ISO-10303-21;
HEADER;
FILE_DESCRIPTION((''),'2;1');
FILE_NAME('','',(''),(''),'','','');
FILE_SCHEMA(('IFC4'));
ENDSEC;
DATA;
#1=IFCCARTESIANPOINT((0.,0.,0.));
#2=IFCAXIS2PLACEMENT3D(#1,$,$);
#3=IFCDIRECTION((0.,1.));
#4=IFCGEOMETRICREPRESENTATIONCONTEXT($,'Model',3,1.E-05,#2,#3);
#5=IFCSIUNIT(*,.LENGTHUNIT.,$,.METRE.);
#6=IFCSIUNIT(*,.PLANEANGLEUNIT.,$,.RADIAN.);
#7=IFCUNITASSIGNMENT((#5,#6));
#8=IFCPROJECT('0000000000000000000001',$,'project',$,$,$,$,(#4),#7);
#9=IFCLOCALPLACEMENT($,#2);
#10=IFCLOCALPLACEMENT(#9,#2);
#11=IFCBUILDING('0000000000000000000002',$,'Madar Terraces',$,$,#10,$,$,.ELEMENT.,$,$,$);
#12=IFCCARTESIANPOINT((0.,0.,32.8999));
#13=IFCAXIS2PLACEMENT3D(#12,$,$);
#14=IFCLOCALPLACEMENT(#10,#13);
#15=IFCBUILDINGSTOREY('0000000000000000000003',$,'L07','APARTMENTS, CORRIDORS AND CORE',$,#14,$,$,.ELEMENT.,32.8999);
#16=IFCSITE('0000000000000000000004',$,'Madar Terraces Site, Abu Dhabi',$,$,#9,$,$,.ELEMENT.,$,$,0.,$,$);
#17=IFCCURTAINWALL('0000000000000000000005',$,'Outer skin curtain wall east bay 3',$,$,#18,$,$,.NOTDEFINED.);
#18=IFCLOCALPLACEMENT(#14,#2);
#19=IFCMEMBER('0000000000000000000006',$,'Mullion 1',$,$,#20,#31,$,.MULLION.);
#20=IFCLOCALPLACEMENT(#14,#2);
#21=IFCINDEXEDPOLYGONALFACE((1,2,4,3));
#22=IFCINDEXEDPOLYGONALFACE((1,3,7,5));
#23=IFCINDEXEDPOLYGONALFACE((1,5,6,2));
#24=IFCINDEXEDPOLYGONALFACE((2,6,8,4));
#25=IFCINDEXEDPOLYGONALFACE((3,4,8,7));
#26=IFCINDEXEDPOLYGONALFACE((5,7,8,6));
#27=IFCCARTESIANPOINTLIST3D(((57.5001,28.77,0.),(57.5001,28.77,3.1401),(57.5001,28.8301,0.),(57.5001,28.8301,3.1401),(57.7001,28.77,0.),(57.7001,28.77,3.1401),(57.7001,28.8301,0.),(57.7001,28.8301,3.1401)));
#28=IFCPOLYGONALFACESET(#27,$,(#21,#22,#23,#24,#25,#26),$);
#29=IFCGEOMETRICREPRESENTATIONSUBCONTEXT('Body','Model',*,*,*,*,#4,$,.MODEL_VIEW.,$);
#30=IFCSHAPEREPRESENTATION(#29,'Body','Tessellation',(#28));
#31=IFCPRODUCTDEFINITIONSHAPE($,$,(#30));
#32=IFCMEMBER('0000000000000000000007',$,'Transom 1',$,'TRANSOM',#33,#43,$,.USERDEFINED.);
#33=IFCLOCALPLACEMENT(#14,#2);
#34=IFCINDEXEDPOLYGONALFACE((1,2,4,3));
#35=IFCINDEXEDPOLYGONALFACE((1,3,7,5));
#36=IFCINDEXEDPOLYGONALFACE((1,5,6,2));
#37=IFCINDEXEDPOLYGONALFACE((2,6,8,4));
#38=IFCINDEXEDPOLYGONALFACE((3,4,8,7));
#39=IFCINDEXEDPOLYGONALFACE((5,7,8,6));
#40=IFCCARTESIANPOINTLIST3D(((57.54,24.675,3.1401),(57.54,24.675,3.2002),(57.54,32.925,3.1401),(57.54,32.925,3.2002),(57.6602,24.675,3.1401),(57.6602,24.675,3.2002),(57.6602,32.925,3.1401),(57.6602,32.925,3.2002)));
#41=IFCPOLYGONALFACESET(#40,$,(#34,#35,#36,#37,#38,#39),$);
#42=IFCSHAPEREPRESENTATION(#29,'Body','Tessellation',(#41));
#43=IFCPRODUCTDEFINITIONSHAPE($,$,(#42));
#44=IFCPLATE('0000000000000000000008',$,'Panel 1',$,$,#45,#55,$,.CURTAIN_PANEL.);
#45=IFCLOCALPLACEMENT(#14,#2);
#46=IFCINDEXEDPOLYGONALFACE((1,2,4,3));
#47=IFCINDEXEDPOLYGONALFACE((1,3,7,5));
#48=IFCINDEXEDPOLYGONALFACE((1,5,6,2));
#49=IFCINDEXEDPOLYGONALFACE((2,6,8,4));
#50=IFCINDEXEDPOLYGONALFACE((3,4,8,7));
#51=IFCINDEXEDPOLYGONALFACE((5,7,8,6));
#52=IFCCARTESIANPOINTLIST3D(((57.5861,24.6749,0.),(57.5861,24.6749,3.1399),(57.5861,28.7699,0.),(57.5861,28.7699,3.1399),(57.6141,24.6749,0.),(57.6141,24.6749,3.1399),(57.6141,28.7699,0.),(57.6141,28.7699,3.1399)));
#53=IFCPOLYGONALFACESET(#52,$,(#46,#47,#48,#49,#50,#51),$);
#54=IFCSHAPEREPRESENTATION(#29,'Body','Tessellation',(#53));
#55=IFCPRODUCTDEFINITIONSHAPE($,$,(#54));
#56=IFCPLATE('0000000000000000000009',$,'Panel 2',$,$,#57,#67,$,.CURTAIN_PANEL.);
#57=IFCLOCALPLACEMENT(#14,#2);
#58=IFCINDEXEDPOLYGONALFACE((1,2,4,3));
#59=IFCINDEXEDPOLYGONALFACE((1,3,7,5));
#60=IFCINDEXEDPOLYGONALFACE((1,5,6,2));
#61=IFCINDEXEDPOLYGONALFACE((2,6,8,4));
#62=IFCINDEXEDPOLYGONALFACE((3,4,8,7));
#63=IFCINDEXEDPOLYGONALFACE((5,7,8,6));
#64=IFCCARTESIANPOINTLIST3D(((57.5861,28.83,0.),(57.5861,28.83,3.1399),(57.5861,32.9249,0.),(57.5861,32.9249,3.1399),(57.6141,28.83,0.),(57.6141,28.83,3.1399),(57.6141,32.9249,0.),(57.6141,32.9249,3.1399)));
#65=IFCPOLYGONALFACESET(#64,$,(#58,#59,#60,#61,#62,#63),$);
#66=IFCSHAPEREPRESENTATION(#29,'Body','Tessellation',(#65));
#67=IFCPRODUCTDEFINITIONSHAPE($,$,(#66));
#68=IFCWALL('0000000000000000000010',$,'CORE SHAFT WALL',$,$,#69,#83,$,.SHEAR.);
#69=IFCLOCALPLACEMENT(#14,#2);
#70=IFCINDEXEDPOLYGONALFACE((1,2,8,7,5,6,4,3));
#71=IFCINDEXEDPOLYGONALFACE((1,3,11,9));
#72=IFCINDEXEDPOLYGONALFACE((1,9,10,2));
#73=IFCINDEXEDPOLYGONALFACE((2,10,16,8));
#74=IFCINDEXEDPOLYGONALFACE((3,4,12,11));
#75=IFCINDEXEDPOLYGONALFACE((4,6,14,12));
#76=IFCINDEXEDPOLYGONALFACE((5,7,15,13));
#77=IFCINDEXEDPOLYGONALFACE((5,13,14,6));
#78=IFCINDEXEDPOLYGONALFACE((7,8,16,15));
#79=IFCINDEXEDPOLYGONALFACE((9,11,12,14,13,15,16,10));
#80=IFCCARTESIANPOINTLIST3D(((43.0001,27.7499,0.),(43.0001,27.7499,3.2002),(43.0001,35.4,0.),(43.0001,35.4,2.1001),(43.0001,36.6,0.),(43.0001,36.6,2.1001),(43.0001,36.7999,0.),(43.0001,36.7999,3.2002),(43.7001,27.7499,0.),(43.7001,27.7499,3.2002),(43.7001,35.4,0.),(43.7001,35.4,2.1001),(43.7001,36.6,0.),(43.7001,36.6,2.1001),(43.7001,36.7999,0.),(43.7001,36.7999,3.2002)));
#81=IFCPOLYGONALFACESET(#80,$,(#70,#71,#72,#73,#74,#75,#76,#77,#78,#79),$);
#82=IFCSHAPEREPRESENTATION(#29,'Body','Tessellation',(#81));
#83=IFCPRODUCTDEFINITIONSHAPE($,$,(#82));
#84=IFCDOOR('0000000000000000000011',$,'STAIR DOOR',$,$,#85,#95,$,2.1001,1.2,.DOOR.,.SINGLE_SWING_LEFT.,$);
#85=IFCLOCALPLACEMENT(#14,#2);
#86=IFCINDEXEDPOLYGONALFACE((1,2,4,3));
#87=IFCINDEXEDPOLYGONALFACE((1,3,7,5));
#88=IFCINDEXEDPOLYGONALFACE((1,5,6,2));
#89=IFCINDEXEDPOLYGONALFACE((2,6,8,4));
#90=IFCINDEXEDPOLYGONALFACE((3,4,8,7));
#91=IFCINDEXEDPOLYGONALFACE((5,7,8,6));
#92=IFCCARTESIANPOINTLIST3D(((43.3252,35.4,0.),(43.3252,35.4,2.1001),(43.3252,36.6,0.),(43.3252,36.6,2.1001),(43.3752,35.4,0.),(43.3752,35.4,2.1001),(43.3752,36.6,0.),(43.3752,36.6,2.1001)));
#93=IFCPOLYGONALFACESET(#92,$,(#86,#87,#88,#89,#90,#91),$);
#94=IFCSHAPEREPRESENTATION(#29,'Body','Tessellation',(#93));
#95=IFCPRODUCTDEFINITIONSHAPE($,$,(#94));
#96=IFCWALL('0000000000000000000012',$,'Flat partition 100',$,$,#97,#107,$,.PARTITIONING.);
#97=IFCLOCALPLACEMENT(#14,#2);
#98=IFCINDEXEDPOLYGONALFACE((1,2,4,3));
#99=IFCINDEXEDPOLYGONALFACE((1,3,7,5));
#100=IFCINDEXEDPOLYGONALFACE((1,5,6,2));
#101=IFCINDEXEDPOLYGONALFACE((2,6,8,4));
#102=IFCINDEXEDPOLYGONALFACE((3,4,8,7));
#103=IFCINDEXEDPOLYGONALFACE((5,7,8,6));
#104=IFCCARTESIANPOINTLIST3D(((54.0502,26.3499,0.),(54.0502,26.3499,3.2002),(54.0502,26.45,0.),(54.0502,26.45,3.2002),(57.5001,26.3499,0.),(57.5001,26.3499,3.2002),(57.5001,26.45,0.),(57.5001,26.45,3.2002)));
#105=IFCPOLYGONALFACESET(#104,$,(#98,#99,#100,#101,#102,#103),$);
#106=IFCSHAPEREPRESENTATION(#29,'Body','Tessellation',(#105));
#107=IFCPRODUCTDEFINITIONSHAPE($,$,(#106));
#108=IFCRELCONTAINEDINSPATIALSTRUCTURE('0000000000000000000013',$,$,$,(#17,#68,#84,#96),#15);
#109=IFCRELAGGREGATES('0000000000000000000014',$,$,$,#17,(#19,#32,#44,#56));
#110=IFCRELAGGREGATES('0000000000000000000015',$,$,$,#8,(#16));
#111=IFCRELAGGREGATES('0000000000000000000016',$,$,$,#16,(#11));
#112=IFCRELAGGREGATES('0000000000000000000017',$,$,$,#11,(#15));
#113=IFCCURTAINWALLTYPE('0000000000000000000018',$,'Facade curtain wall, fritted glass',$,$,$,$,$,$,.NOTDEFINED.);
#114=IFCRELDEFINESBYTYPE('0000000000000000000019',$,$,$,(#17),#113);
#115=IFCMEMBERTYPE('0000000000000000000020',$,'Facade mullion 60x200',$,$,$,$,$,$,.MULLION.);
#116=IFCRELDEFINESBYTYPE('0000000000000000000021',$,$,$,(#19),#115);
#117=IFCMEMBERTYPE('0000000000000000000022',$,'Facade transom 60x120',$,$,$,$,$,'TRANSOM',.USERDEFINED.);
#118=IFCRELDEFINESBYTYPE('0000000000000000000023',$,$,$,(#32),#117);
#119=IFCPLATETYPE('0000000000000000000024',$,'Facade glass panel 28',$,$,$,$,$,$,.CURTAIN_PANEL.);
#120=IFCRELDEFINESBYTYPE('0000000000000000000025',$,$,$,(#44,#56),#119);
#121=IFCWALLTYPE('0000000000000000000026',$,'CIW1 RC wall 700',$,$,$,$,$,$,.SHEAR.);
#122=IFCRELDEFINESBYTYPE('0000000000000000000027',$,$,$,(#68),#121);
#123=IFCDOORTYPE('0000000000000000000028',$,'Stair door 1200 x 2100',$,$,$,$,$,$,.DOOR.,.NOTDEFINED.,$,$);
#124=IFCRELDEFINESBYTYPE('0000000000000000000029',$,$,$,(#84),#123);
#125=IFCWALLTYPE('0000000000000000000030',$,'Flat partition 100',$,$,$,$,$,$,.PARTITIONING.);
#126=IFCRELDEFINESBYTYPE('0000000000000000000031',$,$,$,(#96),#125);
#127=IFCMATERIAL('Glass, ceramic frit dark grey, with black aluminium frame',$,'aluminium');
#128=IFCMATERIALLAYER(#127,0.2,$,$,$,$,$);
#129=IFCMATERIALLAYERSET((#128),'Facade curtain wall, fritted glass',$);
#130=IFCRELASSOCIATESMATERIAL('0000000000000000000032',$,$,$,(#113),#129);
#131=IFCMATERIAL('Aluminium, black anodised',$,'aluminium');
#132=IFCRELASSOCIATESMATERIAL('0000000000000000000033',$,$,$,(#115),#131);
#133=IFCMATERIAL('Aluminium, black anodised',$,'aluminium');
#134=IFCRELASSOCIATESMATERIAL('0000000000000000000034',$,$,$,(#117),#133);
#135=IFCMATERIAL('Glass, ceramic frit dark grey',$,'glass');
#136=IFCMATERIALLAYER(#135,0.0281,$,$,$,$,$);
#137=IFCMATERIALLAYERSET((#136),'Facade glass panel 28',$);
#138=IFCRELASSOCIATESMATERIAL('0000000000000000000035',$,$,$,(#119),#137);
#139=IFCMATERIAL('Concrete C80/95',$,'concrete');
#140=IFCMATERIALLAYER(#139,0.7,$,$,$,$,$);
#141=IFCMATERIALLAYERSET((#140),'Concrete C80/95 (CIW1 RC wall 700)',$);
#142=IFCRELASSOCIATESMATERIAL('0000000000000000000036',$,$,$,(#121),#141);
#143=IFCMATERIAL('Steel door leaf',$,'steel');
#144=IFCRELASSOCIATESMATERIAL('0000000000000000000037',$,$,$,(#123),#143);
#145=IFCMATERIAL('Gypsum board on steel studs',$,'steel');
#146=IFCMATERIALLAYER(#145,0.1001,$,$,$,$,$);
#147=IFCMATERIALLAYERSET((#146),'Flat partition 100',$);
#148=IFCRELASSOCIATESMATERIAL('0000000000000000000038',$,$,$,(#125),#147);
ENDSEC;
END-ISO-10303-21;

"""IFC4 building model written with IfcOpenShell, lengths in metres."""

from ifc_helpers import new_model, si_unit, direction, frame, frame_2d, origin, origin_2d, place, context, subcontext, project, spatial, rectangle, extrude, material, layer, layer_set, material_profile, profile_set, type_object, element, fill, aggregate, save


model = new_model("IFC4")

# Units and contexts
model_context = context("Model", 3, precision=1e-05, world=origin(), true_north=direction((0.0, 1.0)))
body_context = subcontext(model_context, "Body", "Model", "MODEL_VIEW")
ifc_project = project(units=[si_unit("LENGTHUNIT", "METRE"), si_unit("PLANEANGLEUNIT", "RADIAN")], contexts=[model_context])

# Site, building, storey
site_placement = place(None, origin())
site = spatial("IfcSite", under=ifc_project, at=site_placement, Name="Madar Terraces Site, Abu Dhabi", CompositionType="ELEMENT", RefElevation=0.0)
building_placement = place(site_placement, origin())
building = spatial("IfcBuilding", under=site, at=building_placement, Name="Madar Terraces", CompositionType="ELEMENT")
storey_placement = place(building_placement, frame((0.0, 0.0, 32.8999)))
storey = spatial("IfcBuildingStorey", under=building, at=storey_placement, Name="L07", Description="APARTMENTS, CORRIDORS AND CORE", CompositionType="ELEMENT", Elevation=32.8999)

# Curtain wall, members, plates
ifc_material_1 = material(Name="Glass, ceramic frit dark grey, with black aluminium frame", Category="aluminium")
ifc_layer_1 = layer(ifc_material_1, 0.2)
ifc_layer_set_1 = layer_set([ifc_layer_1], Name="Facade curtain wall, fritted glass")
curtain_wall_type = type_object("IfcCurtainWallType", Name="Facade curtain wall, fritted glass", PredefinedType="NOTDEFINED", material=ifc_layer_set_1)
curtain_wall_placement = place(storey_placement, origin())
curtain_wall = element("IfcCurtainWall", 1, at=curtain_wall_placement, inside=storey, type_object=curtain_wall_type, Name="Outer skin curtain wall east bay 3", PredefinedType="NOTDEFINED")
ifc_material_2 = material(Name="Aluminium, black anodised", Category="aluminium")
ifc_material_profile_1 = material_profile(ifc_material_2, rectangle(XDim=0.2, YDim=0.0601, at=origin_2d()), Name="Facade mullion 60x200")
ifc_profile_set_1 = profile_set([ifc_material_profile_1], Name="Aluminium, black anodised")
member_type_1 = type_object("IfcMemberType", Name="Facade mullion 60x200", PredefinedType="MULLION", material=ifc_profile_set_1)
member_1_placement = place(storey_placement, frame((57.6001, 28.8, 0.0), z_axis=(0.0, 0.0, 1.0), x_axis=(-1.0, 0.0, 0.0)))
member_1 = element("IfcMember", 2, at=member_1_placement, type_object=member_type_1, Name="Mullion 1", PredefinedType="MULLION", context=body_context, shape_type="SweptSolid", body=[
    extrude(rectangle(XDim=0.2, YDim=0.0601, at=origin_2d()), origin(), (0.0, 0.0, 1.0), 3.1401),
])
ifc_material_3 = material(Name="Aluminium, black anodised", Category="aluminium")
ifc_material_profile_2 = material_profile(ifc_material_3, rectangle(XDim=0.1201, YDim=0.0601, at=origin_2d()), Name="Facade transom 60x120")
ifc_profile_set_2 = profile_set([ifc_material_profile_2], Name="Aluminium, black anodised")
member_type_2 = type_object("IfcMemberType", Name="Facade transom 60x120", ElementType="TRANSOM", PredefinedType="USERDEFINED", material=ifc_profile_set_2)
member_2_placement = place(storey_placement, frame((57.6001, 24.675, 3.1702), z_axis=(0.0, 1.0, 0.0), x_axis=(-1.0, 0.0, 0.0)))
member_2 = element("IfcMember", 3, at=member_2_placement, type_object=member_type_2, Name="Transom 1", ObjectType="TRANSOM", PredefinedType="USERDEFINED", context=body_context, shape_type="SweptSolid", body=[
    extrude(rectangle(XDim=0.1201, YDim=0.0601, at=origin_2d()), origin(), (0.0, 0.0, 1.0), 8.25),
])
ifc_material_4 = material(Name="Glass, ceramic frit dark grey", Category="glass")
ifc_layer_2 = layer(ifc_material_4, 0.0281)
ifc_layer_set_2 = layer_set([ifc_layer_2], Name="Facade glass panel 28")
plate_type = type_object("IfcPlateType", Name="Facade glass panel 28", PredefinedType="CURTAIN_PANEL", material=ifc_layer_set_2)
plate_1_placement = place(storey_placement, frame((57.6001, 26.7224, 0.0), z_axis=(0.0, 0.0, 1.0), x_axis=(0.0, 1.0, 0.0)))
plate_1 = element("IfcPlate", 4, at=plate_1_placement, type_object=plate_type, Name="Panel 1", PredefinedType="CURTAIN_PANEL", context=body_context, shape_type="SweptSolid", body=[
    extrude(rectangle(XDim=4.095, YDim=0.0281, at=origin_2d()), origin(), (0.0, 0.0, 1.0), 3.1399),
])
plate_2_placement = place(storey_placement, frame((57.6001, 30.8774, 0.0), z_axis=(0.0, 0.0, 1.0), x_axis=(0.0, 1.0, 0.0)))
plate_2 = element("IfcPlate", 5, at=plate_2_placement, type_object=plate_type, Name="Panel 2", PredefinedType="CURTAIN_PANEL", context=body_context, shape_type="SweptSolid", body=[
    extrude(rectangle(XDim=4.095, YDim=0.0281, at=origin_2d()), origin(), (0.0, 0.0, 1.0), 3.1399),
])
aggregate(curtain_wall, [member_1, member_2, plate_1, plate_2])

# Wall, opening, door
ifc_material_5 = material(Name="Concrete C80/95", Category="concrete")
ifc_layer_3 = layer(ifc_material_5, 0.7)
ifc_layer_set_3 = layer_set([ifc_layer_3], Name="Concrete C80/95 (CIW1 RC wall 700)")
wall_type_1 = type_object("IfcWallType", Name="CIW1 RC wall 700", PredefinedType="SHEAR", material=ifc_layer_set_3)
wall_1_placement = place(storey_placement, frame((43.3501, 27.75, 0.0), z_axis=(0.0, 0.0, 1.0), x_axis=(0.0, 1.0, 0.0)))
wall_1 = element("IfcWall", 6, at=wall_1_placement, inside=storey, type_object=wall_type_1, Name="CORE SHAFT WALL", PredefinedType="SHEAR", context=body_context, shape_type="SweptSolid", body=[
    extrude(rectangle(XDim=9.05, YDim=0.7, at=frame_2d((4.5249, 0.0))), origin(), (0.0, 0.0, 1.0), 3.2002),
])
opening_1_placement = place(wall_1_placement, frame((7.6499, 0.0, 0.0)))
opening_1 = element("IfcOpeningElement", 7, at=opening_1_placement, cuts=wall_1, PredefinedType="OPENING", context=body_context, shape_type="SweptSolid", body=[
    extrude(rectangle(XDim=1.2, YDim=2.1001, at=frame_2d((0.6001, 1.05))), frame((0.0, 0.3599, 0.0), z_axis=(0.0, -1.0, 0.0), x_axis=(1.0, 0.0, 0.0)), (0.0, 0.0, 1.0), 0.72),
])
ifc_material_6 = material(Name="Steel door leaf", Category="steel")
door_type_1 = type_object("IfcDoorType", Name="Stair door 1200 x 2100", OperationType="NOTDEFINED", PredefinedType="DOOR", material=ifc_material_6)
door_1_placement = place(opening_1_placement, origin())
door_1 = element("IfcDoor", 8, at=door_1_placement, inside=storey, type_object=door_type_1, Name="STAIR DOOR", OperationType="SINGLE_SWING_LEFT", OverallHeight=2.1001, OverallWidth=1.2, PredefinedType="DOOR", context=body_context, shape_type="SweptSolid", body=[
    extrude(rectangle(XDim=1.2, YDim=2.1001, at=frame_2d((0.6001, 1.05))), frame((0.0, 0.0249, 0.0), z_axis=(0.0, -1.0, 0.0), x_axis=(1.0, 0.0, 0.0)), (0.0, 0.0, 1.0), 0.05),
])
fill(opening_1, door_1)

# Wall
ifc_material_7 = material(Name="Gypsum board on steel studs", Category="steel")
ifc_layer_4 = layer(ifc_material_7, 0.1001)
ifc_layer_set_4 = layer_set([ifc_layer_4], Name="Flat partition 100")
wall_type_2 = type_object("IfcWallType", Name="Flat partition 100", PredefinedType="PARTITIONING", material=ifc_layer_set_4)
wall_2_placement = place(storey_placement, frame((54.05, 26.3999, 0.0), z_axis=(0.0, 0.0, 1.0), x_axis=(1.0, 0.0, 0.0)))
element("IfcWall", 9, at=wall_2_placement, inside=storey, type_object=wall_type_2, Name="Flat partition 100", PredefinedType="PARTITIONING", context=body_context, shape_type="SweptSolid", body=[
    extrude(rectangle(XDim=3.45, YDim=0.1001, at=frame_2d((1.7251, 0.0))), origin(), (0.0, 0.0, 1.0), 3.2002),
])

save(model, "model.ifc")
